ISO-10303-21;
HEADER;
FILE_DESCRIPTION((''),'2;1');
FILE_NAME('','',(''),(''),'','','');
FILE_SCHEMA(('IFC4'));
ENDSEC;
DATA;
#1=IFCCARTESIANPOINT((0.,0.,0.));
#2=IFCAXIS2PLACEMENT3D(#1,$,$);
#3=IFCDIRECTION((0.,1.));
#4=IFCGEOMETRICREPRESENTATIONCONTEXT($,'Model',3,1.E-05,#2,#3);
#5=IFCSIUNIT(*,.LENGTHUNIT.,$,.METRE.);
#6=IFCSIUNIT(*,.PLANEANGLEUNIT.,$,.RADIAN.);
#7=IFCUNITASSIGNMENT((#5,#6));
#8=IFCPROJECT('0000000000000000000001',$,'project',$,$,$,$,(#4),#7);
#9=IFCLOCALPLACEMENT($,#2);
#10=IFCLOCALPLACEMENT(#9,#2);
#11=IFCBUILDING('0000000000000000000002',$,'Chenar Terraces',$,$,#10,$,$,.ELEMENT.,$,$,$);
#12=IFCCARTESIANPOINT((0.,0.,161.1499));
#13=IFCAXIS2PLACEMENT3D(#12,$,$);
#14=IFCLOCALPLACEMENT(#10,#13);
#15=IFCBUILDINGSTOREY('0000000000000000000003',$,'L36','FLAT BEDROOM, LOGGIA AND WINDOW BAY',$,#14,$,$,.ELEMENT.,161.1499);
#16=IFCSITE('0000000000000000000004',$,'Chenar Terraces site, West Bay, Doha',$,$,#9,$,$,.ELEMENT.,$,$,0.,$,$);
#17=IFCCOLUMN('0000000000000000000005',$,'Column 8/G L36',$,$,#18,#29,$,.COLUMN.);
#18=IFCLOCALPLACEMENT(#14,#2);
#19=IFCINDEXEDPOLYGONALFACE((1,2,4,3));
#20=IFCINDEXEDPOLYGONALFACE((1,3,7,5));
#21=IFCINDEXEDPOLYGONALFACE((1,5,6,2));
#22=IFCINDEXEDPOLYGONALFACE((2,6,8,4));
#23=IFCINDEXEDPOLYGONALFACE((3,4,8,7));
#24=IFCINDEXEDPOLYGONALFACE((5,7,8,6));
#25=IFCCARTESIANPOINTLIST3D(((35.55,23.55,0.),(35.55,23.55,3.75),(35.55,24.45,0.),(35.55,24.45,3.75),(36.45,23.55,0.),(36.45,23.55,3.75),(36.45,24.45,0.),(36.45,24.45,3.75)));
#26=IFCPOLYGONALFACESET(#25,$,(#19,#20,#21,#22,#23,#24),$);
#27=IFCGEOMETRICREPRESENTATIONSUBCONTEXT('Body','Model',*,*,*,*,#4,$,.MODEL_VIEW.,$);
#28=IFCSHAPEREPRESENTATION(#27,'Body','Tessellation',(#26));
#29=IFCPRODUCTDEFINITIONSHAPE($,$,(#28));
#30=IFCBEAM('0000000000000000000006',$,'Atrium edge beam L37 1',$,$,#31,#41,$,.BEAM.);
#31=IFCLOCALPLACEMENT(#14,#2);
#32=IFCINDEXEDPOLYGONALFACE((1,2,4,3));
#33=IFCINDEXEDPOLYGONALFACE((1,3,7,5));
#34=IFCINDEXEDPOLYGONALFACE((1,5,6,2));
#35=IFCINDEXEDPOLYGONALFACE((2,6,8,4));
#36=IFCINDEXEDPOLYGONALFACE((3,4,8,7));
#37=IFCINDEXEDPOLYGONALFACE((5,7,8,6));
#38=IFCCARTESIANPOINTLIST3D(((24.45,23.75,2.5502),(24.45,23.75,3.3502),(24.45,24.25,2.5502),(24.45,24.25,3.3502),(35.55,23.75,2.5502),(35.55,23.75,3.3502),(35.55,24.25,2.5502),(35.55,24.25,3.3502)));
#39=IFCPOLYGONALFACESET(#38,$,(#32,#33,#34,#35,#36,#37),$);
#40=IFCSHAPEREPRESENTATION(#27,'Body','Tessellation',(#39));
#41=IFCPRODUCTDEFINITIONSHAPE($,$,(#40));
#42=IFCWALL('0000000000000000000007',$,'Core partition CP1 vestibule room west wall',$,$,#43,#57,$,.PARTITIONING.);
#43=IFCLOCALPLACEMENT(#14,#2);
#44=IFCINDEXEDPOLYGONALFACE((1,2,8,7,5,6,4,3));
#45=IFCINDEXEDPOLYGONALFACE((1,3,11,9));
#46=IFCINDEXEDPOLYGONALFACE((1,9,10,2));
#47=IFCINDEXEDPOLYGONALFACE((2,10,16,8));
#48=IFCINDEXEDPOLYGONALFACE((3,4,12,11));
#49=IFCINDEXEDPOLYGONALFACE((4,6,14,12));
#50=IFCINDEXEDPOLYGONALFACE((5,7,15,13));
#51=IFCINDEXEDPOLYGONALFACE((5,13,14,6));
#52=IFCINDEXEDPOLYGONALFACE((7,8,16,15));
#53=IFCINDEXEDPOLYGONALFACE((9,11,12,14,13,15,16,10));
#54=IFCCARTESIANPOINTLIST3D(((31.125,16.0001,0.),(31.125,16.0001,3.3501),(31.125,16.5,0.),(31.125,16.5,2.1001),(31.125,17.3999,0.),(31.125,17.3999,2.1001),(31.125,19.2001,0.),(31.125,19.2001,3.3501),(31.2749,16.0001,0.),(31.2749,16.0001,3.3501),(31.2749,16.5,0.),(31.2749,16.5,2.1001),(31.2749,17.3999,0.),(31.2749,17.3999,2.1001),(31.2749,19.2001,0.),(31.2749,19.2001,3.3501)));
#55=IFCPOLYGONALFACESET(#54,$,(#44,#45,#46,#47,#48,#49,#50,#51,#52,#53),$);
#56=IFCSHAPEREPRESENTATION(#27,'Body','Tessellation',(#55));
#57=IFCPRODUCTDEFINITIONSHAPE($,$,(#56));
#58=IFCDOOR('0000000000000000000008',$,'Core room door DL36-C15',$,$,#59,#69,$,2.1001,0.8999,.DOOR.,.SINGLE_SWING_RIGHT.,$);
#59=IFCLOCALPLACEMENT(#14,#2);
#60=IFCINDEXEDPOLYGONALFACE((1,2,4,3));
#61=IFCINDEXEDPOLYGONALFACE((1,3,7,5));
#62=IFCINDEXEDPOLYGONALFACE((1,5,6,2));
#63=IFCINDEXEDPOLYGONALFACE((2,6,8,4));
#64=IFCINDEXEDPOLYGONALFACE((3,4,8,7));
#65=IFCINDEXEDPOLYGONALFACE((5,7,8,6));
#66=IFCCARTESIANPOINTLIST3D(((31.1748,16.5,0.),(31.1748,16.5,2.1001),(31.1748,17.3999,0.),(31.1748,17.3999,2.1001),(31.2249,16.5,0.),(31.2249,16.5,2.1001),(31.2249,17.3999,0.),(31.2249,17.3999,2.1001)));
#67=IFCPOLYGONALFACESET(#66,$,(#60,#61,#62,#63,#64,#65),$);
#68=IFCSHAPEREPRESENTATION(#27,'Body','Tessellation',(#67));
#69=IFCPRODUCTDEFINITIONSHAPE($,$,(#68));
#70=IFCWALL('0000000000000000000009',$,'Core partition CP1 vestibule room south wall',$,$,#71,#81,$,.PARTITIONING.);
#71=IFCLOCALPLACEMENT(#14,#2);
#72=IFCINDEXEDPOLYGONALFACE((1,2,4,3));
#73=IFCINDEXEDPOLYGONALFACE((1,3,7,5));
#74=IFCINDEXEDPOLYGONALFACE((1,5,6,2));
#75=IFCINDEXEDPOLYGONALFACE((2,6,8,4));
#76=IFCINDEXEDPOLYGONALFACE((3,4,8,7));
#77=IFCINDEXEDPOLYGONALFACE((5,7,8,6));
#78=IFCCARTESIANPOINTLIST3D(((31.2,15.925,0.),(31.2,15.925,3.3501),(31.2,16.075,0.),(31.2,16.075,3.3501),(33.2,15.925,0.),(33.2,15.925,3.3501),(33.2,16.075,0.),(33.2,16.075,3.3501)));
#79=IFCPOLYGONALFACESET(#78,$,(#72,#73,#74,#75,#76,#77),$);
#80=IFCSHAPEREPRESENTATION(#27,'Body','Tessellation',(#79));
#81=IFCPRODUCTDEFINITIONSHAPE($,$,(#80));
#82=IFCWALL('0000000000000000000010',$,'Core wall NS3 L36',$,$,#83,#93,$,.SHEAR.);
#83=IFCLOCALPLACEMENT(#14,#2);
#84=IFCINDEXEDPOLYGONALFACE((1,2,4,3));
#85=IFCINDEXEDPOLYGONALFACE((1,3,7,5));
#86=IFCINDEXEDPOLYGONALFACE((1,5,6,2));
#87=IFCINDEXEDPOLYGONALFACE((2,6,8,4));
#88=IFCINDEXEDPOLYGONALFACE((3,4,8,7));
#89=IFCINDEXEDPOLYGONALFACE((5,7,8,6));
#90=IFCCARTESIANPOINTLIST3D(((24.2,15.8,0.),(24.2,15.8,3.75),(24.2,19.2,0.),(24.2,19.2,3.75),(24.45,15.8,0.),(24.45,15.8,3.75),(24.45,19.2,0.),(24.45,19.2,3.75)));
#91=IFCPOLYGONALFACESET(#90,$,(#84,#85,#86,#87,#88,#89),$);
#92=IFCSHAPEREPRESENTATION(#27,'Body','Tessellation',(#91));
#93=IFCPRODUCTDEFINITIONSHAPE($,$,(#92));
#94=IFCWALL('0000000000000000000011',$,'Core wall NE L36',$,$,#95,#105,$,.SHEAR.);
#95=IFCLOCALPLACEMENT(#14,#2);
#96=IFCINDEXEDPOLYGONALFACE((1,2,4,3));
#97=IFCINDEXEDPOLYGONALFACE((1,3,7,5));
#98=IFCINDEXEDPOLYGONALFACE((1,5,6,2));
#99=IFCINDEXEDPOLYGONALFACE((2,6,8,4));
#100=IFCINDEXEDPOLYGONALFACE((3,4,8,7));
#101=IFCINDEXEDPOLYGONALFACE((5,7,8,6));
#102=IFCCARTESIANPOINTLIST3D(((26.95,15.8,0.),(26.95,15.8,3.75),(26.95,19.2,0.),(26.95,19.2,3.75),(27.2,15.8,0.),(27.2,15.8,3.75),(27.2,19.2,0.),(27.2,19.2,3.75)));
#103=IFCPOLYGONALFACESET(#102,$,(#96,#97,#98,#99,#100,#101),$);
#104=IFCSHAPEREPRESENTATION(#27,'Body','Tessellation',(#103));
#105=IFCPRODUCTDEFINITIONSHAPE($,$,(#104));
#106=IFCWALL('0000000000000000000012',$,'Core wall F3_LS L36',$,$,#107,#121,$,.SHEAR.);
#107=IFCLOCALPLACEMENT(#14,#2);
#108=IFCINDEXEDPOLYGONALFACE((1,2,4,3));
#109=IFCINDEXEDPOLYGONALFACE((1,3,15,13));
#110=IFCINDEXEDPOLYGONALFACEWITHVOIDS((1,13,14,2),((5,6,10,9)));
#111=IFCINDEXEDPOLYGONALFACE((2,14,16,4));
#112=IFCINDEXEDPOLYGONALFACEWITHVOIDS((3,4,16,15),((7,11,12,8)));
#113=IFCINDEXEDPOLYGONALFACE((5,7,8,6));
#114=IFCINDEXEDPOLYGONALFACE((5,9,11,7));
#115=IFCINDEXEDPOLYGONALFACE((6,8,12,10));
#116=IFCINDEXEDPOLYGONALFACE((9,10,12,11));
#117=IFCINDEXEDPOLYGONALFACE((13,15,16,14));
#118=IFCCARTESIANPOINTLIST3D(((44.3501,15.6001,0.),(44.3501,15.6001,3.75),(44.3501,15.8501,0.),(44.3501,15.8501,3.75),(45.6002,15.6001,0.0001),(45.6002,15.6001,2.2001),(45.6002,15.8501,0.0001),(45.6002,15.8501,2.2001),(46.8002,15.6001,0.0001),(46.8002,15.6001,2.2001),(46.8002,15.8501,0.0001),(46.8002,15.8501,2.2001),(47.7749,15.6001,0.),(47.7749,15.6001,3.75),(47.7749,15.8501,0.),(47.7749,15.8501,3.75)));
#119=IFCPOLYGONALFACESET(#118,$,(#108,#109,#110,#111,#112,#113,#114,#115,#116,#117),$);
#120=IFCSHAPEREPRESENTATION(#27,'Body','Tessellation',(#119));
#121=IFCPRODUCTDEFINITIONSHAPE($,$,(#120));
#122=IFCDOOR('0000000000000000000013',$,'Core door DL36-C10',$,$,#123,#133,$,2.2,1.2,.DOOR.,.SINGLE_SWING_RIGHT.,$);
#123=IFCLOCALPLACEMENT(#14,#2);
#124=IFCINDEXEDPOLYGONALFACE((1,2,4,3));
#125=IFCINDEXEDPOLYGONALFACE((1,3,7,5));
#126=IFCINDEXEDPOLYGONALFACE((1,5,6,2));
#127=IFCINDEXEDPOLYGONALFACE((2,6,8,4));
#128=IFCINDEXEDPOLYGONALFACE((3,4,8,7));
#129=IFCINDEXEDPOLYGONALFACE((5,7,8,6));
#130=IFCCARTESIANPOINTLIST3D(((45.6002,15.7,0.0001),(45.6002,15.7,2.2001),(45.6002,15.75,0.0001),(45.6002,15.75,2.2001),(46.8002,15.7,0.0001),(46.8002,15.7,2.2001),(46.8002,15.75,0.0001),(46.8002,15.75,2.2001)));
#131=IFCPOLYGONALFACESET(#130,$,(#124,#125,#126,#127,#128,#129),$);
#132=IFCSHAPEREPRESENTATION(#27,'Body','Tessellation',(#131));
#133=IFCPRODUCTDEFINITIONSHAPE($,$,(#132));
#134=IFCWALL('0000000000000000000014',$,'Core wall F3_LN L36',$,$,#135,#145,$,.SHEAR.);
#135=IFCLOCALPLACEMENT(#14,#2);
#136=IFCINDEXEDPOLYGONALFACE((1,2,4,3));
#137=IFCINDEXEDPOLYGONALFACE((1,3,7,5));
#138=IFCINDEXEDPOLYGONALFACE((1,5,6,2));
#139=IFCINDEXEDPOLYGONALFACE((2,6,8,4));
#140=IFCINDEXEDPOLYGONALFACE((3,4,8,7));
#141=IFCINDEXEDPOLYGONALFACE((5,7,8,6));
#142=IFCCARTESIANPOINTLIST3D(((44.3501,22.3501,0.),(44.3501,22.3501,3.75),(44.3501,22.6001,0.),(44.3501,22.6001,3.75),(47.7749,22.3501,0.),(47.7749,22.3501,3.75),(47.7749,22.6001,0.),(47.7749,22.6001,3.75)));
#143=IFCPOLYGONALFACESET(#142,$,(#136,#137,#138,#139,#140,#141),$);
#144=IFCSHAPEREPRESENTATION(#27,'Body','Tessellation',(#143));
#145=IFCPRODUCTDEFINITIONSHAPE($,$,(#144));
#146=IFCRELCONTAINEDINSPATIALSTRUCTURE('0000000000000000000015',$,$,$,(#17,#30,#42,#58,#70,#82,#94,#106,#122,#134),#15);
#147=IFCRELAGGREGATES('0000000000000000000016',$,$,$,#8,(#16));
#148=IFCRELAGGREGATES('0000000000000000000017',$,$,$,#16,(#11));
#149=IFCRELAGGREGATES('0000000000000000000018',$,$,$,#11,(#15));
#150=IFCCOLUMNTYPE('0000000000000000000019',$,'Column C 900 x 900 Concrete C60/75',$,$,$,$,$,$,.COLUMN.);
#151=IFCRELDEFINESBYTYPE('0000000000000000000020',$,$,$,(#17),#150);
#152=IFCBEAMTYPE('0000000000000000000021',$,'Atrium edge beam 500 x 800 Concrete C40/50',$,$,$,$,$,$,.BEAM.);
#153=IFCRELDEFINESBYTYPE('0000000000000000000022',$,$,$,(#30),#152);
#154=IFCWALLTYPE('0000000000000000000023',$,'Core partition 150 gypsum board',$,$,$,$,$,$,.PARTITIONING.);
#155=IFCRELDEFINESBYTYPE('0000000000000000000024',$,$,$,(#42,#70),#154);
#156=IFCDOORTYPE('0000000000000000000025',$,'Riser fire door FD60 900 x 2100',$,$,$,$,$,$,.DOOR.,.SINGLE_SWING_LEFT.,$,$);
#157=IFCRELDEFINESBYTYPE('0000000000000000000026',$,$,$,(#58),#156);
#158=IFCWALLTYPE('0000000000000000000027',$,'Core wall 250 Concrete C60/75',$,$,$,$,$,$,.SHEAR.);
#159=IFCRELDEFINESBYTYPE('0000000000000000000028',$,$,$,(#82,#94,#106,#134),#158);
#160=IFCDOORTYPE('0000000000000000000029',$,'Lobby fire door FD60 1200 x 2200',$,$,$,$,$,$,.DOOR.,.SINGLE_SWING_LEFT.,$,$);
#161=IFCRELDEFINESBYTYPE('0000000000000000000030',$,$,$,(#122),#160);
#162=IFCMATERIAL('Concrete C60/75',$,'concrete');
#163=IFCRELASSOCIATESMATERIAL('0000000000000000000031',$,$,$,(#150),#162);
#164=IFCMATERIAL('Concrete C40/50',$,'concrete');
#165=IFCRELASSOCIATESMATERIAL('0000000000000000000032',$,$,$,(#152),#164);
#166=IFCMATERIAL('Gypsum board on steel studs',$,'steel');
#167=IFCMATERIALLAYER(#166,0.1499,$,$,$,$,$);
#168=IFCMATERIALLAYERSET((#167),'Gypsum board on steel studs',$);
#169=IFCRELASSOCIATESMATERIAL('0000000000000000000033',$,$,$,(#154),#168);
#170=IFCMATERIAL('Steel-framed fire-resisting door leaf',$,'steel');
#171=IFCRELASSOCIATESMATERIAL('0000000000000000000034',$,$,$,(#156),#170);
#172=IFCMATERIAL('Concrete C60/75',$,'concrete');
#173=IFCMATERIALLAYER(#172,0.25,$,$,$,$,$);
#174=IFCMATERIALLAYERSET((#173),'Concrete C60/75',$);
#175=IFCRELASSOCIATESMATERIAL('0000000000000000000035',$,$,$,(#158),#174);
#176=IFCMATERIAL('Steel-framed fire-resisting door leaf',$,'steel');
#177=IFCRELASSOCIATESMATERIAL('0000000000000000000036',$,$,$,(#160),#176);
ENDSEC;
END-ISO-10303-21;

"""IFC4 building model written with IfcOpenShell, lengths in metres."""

from ifc_helpers import new_model, si_unit, direction, frame, frame_2d, origin, origin_2d, place, context, subcontext, project, spatial, rectangle, extrude, material, layer, layer_set, material_profile, profile_set, type_object, element, fill, save


model = new_model("IFC4")

# Units and contexts
model_context = context("Model", 3, precision=1e-05, world=origin(), true_north=direction((0.0, 1.0)))
body_context = subcontext(model_context, "Body", "Model", "MODEL_VIEW")
ifc_project = project(units=[si_unit("LENGTHUNIT", "METRE"), si_unit("PLANEANGLEUNIT", "RADIAN")], contexts=[model_context])

# Site, building, storey
site_placement = place(None, origin())
site = spatial("IfcSite", under=ifc_project, at=site_placement, Name="Chenar Terraces site, West Bay, Doha", CompositionType="ELEMENT", RefElevation=0.0)
building_placement = place(site_placement, origin())
building = spatial("IfcBuilding", under=site, at=building_placement, Name="Chenar Terraces", CompositionType="ELEMENT")
storey_placement = place(building_placement, frame((0.0, 0.0, 161.1499)))
storey = spatial("IfcBuildingStorey", under=building, at=storey_placement, Name="L36", Description="FLAT BEDROOM, LOGGIA AND WINDOW BAY", CompositionType="ELEMENT", Elevation=161.1499)

# Column
ifc_material_1 = material(Name="Concrete C60/75", Category="concrete")
ifc_material_profile_1 = material_profile(ifc_material_1, rectangle(XDim=0.8999, YDim=0.8999, at=origin_2d()), Name="C 900 x 900")
ifc_profile_set_1 = profile_set([ifc_material_profile_1], Name="Concrete C60/75")
column_type = type_object("IfcColumnType", Name="Column C 900 x 900 Concrete C60/75", PredefinedType="COLUMN", material=ifc_profile_set_1)
column_placement = place(storey_placement, frame((36.0, 24.0, 0.0), z_axis=(0.0, 0.0, 1.0), x_axis=(1.0, 0.0, 0.0)))
element("IfcColumn", 1, at=column_placement, inside=storey, type_object=column_type, Name="Column 8/G L36", PredefinedType="COLUMN", context=body_context, shape_type="SweptSolid", body=[
    extrude(rectangle(XDim=0.8999, YDim=0.8999, at=origin_2d()), origin(), (0.0, 0.0, 1.0), 3.75),
])

# Beam
ifc_material_2 = material(Name="Concrete C40/50", Category="concrete")
ifc_material_profile_2 = material_profile(ifc_material_2, rectangle(XDim=0.5, YDim=0.8, at=origin_2d()), Name="RC 500 x 800")
ifc_profile_set_2 = profile_set([ifc_material_profile_2], Name="Concrete C40/50")
beam_type = type_object("IfcBeamType", Name="Atrium edge beam 500 x 800 Concrete C40/50", PredefinedType="BEAM", material=ifc_profile_set_2)
beam_placement = place(storey_placement, frame((24.45, 24.0, 2.9502), z_axis=(1.0, 0.0, 0.0), x_axis=(0.0, 1.0, 0.0)))
element("IfcBeam", 2, at=beam_placement, inside=storey, type_object=beam_type, Name="Atrium edge beam L37 1", PredefinedType="BEAM", context=body_context, shape_type="SweptSolid", body=[
    extrude(rectangle(XDim=0.5, YDim=0.8, at=origin_2d()), origin(), (0.0, 0.0, 1.0), 11.1001),
])

# Wall, opening, door
ifc_material_3 = material(Name="Gypsum board on steel studs", Category="steel")
ifc_layer_1 = layer(ifc_material_3, 0.1499)
ifc_layer_set_1 = layer_set([ifc_layer_1], Name="Gypsum board on steel studs")
wall_type_1 = type_object("IfcWallType", Name="Core partition 150 gypsum board", PredefinedType="PARTITIONING", material=ifc_layer_set_1)
wall_1_placement = place(storey_placement, frame((31.2, 16.0, 0.0), z_axis=(0.0, 0.0, 1.0), x_axis=(0.0, 1.0, 0.0)))
wall_1 = element("IfcWall", 3, at=wall_1_placement, inside=storey, type_object=wall_type_1, Name="Core partition CP1 vestibule room west wall", PredefinedType="PARTITIONING", context=body_context, shape_type="SweptSolid", body=[
    extrude(rectangle(XDim=3.2, YDim=0.1499, at=frame_2d((1.6001, 0.0))), origin(), (0.0, 0.0, 1.0), 3.3501),
])
opening_1_placement = place(wall_1_placement, frame((0.5, 0.0, 0.0)))
opening_1 = element("IfcOpeningElement", 4, at=opening_1_placement, cuts=wall_1, PredefinedType="OPENING", context=body_context, shape_type="SweptSolid", body=[
    extrude(rectangle(XDim=0.8999, YDim=2.1001, at=frame_2d((0.45, 1.05))), frame((0.0, 0.085, 0.0), z_axis=(0.0, -1.0, 0.0), x_axis=(1.0, 0.0, 0.0)), (0.0, 0.0, 1.0), 0.1699),
])
ifc_material_4 = material(Name="Steel-framed fire-resisting door leaf", Category="steel")
door_type_1 = type_object("IfcDoorType", Name="Riser fire door FD60 900 x 2100", OperationType="SINGLE_SWING_LEFT", PredefinedType="DOOR", material=ifc_material_4)
door_1_placement = place(opening_1_placement, frame((0.8999, 0.0, 0.0), z_axis=(0.0, 0.0, 1.0), x_axis=(-1.0, 0.0, 0.0)))
door_1 = element("IfcDoor", 5, at=door_1_placement, inside=storey, type_object=door_type_1, Name="Core room door DL36-C15", OperationType="SINGLE_SWING_RIGHT", OverallHeight=2.1001, OverallWidth=0.8999, PredefinedType="DOOR", context=body_context, shape_type="SweptSolid", body=[
    extrude(rectangle(XDim=0.8999, YDim=2.1001, at=frame_2d((0.45, 1.05))), frame((0.0, 0.0249, 0.0), z_axis=(0.0, -1.0, 0.0), x_axis=(1.0, 0.0, 0.0)), (0.0, 0.0, 1.0), 0.05),
])
fill(opening_1, door_1)

# Walls
wall_2_placement = place(storey_placement, frame((31.2, 16.0, 0.0), z_axis=(0.0, 0.0, 1.0), x_axis=(1.0, 0.0, 0.0)))
element("IfcWall", 6, at=wall_2_placement, inside=storey, type_object=wall_type_1, Name="Core partition CP1 vestibule room south wall", PredefinedType="PARTITIONING", context=body_context, shape_type="SweptSolid", body=[
    extrude(rectangle(XDim=2.0, YDim=0.1499, at=frame_2d((1.0, 0.0))), origin(), (0.0, 0.0, 1.0), 3.3501),
])
ifc_material_5 = material(Name="Concrete C60/75", Category="concrete")
ifc_layer_2 = layer(ifc_material_5, 0.25)
ifc_layer_set_2 = layer_set([ifc_layer_2], Name="Concrete C60/75")
wall_type_2 = type_object("IfcWallType", Name="Core wall 250 Concrete C60/75", PredefinedType="SHEAR", material=ifc_layer_set_2)
for number, where, z_axis, x_axis, name in (
    (7, (24.325, 15.8, 0.0), (0.0, 0.0, 1.0), (0.0, 1.0, 0.0), "Core wall NS3 L36"),
    (8, (27.075, 15.8, 0.0), (0.0, 0.0, 1.0), (0.0, 1.0, 0.0), "Core wall NE L36"),
):
    element("IfcWall", number, at=place(storey_placement, frame(where, z_axis=z_axis, x_axis=x_axis)), inside=storey, type_object=wall_type_2, Name=name, PredefinedType="SHEAR", context=body_context, shape_type="SweptSolid", body=[
        extrude(rectangle(XDim=3.3999, YDim=0.25, at=frame_2d((1.7, 0.0))), origin(), (0.0, 0.0, 1.0), 3.75),
    ])

# Wall, opening, door
wall_3_placement = place(storey_placement, frame((44.3501, 15.7251, 0.0), z_axis=(0.0, 0.0, 1.0), x_axis=(1.0, 0.0, 0.0)))
wall_3 = element("IfcWall", 9, at=wall_3_placement, inside=storey, type_object=wall_type_2, Name="Core wall F3_LS L36", PredefinedType="SHEAR", context=body_context, shape_type="SweptSolid", body=[
    extrude(rectangle(XDim=3.4248, YDim=0.25, at=frame_2d((1.7124, 0.0))), origin(), (0.0, 0.0, 1.0), 3.75),
])
opening_2_placement = place(wall_3_placement, frame((1.25, 0.0, 0.0)))
opening_2 = element("IfcOpeningElement", 10, at=opening_2_placement, cuts=wall_3, PredefinedType="OPENING", context=body_context, shape_type="SweptSolid", body=[
    extrude(rectangle(XDim=1.2, YDim=2.2, at=frame_2d((0.6001, 1.1001))), frame((0.0, 0.135, 0.0), z_axis=(0.0, -1.0, 0.0), x_axis=(1.0, 0.0, 0.0)), (0.0, 0.0, 1.0), 0.27),
])
ifc_material_6 = material(Name="Steel-framed fire-resisting door leaf", Category="steel")
door_type_2 = type_object("IfcDoorType", Name="Lobby fire door FD60 1200 x 2200", OperationType="SINGLE_SWING_LEFT", PredefinedType="DOOR", material=ifc_material_6)
door_2_placement = place(opening_2_placement, origin())
door_2 = element("IfcDoor", 11, at=door_2_placement, inside=storey, type_object=door_type_2, Name="Core door DL36-C10", OperationType="SINGLE_SWING_RIGHT", OverallHeight=2.2, OverallWidth=1.2, PredefinedType="DOOR", context=body_context, shape_type="SweptSolid", body=[
    extrude(rectangle(XDim=1.2, YDim=2.2, at=frame_2d((0.6001, 1.1001))), frame((0.0, 0.0249, 0.0), z_axis=(0.0, -1.0, 0.0), x_axis=(1.0, 0.0, 0.0)), (0.0, 0.0, 1.0), 0.05),
])
fill(opening_2, door_2)

# Wall
wall_4_placement = place(storey_placement, frame((44.3501, 22.4751, 0.0), z_axis=(0.0, 0.0, 1.0), x_axis=(1.0, 0.0, 0.0)))
element("IfcWall", 12, at=wall_4_placement, inside=storey, type_object=wall_type_2, Name="Core wall F3_LN L36", PredefinedType="SHEAR", context=body_context, shape_type="SweptSolid", body=[
    extrude(rectangle(XDim=3.4248, YDim=0.25, at=frame_2d((1.7124, 0.0))), origin(), (0.0, 0.0, 1.0), 3.75),
])

save(model, "model.ifc")
